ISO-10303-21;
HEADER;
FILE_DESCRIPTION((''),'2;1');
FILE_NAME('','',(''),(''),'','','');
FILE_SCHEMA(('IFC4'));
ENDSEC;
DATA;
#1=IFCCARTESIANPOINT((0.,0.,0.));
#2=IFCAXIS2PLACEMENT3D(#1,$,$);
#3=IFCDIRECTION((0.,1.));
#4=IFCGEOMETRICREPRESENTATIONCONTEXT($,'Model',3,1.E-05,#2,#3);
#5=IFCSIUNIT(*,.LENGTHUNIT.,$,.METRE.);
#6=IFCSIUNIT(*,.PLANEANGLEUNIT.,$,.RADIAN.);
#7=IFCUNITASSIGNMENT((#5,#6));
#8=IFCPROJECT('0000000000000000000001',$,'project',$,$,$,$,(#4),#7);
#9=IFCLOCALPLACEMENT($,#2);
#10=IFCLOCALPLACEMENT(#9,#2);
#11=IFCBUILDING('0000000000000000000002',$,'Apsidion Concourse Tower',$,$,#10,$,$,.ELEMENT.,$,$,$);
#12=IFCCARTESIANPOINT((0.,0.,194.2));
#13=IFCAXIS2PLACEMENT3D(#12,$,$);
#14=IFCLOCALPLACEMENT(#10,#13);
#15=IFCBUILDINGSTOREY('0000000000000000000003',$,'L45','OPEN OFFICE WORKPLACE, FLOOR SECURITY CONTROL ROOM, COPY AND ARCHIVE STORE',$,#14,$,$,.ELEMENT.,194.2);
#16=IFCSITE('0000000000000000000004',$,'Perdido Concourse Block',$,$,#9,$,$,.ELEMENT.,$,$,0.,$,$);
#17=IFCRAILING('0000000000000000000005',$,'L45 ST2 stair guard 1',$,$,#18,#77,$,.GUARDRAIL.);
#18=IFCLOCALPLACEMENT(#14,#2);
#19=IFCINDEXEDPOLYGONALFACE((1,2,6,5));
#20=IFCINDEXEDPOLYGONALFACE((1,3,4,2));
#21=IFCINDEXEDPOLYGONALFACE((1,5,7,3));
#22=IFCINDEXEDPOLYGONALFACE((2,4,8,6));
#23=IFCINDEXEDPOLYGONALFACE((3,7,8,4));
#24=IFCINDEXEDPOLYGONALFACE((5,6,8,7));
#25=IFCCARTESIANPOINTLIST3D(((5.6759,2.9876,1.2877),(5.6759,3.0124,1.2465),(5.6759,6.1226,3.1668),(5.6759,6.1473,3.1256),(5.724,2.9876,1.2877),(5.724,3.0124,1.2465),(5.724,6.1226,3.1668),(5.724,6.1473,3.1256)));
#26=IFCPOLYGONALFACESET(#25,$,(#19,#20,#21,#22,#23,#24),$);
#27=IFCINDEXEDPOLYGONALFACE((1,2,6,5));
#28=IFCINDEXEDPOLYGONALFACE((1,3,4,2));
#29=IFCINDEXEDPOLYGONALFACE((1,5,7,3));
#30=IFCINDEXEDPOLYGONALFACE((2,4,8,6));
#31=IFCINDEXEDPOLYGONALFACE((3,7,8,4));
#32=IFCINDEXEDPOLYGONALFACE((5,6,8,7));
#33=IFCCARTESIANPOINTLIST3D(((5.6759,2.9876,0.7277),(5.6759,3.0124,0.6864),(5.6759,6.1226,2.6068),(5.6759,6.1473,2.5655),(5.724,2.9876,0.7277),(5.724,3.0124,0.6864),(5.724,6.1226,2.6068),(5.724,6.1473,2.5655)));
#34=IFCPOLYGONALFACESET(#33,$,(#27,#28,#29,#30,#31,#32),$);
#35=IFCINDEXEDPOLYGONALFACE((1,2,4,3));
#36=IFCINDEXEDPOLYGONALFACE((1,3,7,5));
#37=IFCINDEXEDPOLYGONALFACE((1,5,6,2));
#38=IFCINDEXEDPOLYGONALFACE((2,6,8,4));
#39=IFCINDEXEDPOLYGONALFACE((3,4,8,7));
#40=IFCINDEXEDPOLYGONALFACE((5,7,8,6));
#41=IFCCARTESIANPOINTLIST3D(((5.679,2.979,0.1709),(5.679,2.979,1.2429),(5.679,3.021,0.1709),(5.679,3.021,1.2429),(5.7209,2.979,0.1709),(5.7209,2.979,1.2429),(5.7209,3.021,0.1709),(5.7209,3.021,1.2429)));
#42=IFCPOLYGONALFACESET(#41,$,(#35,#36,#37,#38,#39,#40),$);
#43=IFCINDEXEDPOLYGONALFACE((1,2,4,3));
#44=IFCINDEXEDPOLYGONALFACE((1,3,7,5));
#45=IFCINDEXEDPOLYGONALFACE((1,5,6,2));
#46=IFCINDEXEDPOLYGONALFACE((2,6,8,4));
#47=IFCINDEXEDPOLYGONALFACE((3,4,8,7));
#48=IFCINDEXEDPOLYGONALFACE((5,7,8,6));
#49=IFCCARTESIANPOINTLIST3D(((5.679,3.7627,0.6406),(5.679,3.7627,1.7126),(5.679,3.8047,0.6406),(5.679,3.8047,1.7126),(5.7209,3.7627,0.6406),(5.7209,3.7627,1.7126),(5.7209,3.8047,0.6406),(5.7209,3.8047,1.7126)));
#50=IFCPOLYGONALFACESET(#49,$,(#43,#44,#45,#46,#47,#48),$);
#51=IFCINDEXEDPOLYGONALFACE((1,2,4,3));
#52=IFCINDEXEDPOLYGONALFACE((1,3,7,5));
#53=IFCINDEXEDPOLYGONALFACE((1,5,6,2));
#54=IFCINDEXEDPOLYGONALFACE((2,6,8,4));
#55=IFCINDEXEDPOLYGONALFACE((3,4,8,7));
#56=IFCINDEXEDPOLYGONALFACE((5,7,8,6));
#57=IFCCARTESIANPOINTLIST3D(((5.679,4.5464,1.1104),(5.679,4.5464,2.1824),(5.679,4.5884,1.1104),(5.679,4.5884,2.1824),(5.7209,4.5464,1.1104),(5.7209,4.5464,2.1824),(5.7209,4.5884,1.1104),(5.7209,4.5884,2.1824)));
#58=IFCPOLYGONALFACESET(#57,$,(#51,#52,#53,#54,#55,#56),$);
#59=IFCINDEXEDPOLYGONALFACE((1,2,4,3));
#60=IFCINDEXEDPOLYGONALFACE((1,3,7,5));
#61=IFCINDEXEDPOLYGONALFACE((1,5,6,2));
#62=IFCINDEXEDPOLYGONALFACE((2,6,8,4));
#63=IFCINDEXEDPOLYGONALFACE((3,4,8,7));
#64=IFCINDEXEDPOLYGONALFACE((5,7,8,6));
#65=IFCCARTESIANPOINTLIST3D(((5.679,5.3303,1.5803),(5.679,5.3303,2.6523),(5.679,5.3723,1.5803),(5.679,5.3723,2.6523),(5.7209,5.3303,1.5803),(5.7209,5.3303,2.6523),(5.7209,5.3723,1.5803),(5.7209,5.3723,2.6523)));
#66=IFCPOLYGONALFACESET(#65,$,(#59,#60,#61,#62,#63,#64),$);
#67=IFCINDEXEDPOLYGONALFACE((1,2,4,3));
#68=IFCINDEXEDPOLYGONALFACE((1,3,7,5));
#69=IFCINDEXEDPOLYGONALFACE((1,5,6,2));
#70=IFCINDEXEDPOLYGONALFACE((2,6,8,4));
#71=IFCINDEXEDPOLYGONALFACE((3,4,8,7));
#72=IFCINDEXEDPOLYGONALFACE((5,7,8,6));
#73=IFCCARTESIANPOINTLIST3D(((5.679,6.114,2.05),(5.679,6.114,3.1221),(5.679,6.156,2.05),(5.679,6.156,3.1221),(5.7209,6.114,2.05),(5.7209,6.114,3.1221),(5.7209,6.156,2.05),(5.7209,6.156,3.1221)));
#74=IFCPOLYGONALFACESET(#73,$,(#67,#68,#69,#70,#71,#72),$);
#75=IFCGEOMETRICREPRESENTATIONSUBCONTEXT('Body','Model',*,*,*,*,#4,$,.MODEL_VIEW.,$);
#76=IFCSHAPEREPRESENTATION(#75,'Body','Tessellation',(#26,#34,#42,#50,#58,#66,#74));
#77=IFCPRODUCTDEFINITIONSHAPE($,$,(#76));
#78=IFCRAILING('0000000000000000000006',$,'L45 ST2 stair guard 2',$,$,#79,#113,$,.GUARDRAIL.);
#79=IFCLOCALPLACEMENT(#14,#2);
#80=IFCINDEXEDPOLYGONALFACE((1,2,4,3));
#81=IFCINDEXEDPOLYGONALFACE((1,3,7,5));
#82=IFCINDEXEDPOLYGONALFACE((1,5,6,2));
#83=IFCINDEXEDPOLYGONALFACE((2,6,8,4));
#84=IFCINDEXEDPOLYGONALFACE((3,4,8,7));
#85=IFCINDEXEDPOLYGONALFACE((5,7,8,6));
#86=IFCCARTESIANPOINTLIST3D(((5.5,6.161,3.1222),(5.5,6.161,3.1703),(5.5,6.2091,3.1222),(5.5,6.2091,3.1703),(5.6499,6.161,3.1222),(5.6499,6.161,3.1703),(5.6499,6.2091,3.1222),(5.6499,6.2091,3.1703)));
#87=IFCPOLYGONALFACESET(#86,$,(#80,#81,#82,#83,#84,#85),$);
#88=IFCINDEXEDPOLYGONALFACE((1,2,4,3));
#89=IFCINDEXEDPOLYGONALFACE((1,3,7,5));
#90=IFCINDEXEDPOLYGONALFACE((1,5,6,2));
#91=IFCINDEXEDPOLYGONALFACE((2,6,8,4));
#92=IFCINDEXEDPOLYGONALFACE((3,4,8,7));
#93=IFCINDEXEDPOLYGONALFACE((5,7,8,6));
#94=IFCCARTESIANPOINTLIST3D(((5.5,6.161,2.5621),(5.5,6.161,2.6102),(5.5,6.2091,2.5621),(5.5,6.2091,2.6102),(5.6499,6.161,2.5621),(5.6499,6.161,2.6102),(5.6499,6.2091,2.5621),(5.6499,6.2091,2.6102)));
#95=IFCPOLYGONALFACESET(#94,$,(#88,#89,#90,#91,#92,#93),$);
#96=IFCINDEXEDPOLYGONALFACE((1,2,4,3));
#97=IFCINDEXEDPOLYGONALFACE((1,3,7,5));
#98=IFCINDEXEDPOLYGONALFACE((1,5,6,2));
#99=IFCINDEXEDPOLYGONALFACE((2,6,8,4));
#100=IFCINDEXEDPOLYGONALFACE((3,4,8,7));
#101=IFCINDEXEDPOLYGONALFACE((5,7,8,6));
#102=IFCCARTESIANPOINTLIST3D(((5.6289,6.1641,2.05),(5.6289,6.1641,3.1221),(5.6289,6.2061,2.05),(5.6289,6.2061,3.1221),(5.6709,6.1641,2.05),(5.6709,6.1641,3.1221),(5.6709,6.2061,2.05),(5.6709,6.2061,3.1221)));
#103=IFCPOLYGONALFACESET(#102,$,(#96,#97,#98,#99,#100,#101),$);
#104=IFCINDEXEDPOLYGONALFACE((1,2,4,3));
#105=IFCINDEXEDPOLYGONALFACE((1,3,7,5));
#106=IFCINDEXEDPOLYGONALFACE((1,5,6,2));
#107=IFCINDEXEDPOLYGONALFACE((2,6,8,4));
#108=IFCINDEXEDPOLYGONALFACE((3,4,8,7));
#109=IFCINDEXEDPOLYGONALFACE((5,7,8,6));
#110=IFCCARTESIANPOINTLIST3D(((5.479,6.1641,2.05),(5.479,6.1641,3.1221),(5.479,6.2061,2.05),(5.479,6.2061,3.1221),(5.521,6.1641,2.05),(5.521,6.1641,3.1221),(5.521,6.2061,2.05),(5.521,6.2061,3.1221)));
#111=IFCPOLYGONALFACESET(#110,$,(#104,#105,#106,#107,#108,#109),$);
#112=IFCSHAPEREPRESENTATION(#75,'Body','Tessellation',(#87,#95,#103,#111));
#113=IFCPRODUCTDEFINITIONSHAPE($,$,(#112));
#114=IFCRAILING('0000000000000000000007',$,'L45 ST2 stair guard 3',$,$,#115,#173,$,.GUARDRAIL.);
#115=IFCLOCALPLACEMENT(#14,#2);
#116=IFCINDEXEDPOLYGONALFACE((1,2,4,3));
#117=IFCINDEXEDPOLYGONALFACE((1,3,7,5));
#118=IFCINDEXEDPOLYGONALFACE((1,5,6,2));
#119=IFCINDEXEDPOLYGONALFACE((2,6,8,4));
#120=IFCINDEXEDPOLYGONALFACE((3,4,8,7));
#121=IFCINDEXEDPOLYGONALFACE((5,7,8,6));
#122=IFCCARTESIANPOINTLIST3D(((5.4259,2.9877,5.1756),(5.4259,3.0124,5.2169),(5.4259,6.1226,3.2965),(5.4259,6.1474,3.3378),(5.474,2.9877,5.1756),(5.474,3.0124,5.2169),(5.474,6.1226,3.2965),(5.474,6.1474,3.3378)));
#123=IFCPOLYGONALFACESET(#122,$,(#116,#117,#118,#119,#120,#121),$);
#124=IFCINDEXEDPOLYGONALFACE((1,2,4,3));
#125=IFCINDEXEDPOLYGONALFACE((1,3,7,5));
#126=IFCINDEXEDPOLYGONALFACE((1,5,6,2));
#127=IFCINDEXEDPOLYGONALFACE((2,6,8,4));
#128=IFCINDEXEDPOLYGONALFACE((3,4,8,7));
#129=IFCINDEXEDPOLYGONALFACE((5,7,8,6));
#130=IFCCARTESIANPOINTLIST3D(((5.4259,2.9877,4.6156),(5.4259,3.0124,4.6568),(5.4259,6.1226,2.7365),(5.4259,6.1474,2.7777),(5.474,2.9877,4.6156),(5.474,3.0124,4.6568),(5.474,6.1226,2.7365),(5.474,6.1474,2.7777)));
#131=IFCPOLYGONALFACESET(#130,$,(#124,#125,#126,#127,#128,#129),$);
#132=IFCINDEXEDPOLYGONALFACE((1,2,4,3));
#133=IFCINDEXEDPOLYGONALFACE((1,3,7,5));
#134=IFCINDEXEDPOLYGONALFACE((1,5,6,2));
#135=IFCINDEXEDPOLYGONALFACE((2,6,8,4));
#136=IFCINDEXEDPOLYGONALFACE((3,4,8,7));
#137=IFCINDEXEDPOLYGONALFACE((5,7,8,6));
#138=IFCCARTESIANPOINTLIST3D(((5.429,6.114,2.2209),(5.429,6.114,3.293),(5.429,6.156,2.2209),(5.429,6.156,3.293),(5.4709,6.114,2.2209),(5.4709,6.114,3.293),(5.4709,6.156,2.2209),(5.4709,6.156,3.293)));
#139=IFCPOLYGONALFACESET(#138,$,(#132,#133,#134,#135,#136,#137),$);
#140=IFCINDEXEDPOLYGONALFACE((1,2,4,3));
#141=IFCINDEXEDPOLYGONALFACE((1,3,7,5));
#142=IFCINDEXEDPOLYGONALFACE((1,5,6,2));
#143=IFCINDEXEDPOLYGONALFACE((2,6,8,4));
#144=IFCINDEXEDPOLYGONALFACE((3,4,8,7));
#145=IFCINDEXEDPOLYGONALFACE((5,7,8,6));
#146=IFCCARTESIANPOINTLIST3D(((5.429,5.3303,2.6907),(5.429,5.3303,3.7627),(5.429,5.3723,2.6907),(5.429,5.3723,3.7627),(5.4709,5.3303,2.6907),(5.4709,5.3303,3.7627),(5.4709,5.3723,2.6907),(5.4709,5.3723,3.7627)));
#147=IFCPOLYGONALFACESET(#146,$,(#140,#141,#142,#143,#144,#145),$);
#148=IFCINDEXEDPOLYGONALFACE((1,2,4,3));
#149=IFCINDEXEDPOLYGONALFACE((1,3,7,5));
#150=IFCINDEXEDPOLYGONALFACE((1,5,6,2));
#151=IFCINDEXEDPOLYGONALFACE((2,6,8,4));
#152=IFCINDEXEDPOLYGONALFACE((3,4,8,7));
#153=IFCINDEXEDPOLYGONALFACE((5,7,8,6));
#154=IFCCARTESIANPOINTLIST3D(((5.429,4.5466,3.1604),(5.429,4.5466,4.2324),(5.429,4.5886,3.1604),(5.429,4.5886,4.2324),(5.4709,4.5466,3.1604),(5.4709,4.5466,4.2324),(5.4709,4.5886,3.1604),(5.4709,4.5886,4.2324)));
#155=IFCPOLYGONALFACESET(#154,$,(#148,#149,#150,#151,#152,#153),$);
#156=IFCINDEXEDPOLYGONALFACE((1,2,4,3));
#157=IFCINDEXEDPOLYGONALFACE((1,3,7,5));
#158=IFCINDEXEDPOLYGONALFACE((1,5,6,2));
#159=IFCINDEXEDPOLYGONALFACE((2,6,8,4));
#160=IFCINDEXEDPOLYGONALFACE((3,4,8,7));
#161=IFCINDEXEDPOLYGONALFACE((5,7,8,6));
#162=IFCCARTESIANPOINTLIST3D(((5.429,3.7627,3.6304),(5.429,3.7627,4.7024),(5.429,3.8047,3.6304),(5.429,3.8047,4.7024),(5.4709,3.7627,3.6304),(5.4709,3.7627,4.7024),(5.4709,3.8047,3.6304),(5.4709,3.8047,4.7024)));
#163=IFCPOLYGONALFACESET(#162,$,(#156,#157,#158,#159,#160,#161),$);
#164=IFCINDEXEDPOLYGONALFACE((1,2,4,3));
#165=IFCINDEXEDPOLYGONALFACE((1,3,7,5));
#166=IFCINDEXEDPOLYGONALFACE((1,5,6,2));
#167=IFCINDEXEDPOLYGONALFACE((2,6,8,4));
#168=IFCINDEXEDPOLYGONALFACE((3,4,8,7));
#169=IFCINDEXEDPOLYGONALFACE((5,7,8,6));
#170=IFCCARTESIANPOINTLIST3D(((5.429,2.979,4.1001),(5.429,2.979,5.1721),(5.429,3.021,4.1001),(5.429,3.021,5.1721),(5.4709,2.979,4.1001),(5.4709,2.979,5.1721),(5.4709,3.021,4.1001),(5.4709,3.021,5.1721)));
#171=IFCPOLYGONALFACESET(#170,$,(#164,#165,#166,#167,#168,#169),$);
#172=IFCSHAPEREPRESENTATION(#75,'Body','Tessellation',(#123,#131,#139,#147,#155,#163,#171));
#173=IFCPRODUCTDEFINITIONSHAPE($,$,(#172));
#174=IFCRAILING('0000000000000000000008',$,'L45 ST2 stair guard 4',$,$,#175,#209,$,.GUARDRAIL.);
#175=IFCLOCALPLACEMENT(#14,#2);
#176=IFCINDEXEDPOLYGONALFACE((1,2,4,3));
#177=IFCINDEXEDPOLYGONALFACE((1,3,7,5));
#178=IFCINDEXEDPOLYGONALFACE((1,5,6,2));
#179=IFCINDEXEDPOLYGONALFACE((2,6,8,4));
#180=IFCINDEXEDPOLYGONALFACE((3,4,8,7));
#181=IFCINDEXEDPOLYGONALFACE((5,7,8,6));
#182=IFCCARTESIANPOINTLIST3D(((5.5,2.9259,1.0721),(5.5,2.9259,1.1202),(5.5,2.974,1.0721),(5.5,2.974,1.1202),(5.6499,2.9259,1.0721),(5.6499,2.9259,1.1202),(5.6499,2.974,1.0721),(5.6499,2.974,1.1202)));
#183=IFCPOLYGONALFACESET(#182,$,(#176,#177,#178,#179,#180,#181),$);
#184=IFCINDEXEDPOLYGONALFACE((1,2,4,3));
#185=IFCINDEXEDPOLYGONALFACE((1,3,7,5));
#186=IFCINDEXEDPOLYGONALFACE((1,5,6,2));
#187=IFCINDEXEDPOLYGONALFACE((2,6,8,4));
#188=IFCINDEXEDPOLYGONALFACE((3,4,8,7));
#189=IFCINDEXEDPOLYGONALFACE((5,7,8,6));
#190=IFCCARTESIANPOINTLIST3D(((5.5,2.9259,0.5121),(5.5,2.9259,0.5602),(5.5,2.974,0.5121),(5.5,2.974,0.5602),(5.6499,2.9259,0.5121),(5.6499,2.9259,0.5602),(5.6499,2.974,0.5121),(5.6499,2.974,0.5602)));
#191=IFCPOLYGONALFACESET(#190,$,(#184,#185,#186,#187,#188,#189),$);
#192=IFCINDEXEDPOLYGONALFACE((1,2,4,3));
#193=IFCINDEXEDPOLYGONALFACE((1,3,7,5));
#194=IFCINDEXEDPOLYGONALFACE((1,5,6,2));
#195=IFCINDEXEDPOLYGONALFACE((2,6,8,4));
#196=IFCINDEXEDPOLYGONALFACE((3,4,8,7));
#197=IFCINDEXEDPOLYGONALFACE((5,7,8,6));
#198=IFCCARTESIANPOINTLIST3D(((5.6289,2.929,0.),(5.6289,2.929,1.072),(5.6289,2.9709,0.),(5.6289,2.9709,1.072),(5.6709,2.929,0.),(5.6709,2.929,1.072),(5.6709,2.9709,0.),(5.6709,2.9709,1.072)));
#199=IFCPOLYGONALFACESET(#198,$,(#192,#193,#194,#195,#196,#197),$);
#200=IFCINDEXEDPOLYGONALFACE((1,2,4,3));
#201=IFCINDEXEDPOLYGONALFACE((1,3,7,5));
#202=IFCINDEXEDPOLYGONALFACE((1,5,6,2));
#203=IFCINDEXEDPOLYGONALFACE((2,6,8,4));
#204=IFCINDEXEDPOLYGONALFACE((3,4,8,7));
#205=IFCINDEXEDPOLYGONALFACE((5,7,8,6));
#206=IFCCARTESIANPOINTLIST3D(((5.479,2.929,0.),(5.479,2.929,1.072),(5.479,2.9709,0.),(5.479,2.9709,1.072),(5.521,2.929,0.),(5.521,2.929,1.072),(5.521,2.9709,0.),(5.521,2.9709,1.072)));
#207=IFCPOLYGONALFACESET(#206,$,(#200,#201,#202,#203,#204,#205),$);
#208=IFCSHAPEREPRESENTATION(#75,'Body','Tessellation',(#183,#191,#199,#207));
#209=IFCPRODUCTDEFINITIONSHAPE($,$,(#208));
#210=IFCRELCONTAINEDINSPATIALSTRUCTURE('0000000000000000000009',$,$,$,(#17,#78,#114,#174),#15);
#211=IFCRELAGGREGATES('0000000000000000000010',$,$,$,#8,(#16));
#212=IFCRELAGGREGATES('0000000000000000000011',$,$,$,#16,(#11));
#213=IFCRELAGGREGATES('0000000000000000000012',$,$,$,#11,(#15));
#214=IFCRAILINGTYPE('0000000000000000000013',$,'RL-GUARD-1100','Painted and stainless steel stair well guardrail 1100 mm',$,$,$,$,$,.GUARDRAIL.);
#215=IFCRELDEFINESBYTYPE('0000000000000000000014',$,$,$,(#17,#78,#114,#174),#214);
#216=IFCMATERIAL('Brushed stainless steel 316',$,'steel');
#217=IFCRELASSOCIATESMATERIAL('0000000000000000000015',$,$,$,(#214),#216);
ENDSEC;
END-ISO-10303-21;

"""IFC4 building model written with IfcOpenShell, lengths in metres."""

from ifc_helpers import new_model, si_unit, direction, frame, origin, origin_2d, place, context, subcontext, project, spatial, rectangle, extrude, material, type_object, element, save


model = new_model("IFC4")

# Units and contexts
model_context = context("Model", 3, precision=1e-05, world=origin(), true_north=direction((0.0, 1.0)))
body_context = subcontext(model_context, "Body", "Model", "MODEL_VIEW")
ifc_project = project(units=[si_unit("LENGTHUNIT", "METRE"), si_unit("PLANEANGLEUNIT", "RADIAN")], contexts=[model_context])

# Site, building, storey
site_placement = place(None, origin())
site = spatial("IfcSite", under=ifc_project, at=site_placement, Name="Perdido Concourse Block", CompositionType="ELEMENT", RefElevation=0.0)
building_placement = place(site_placement, origin())
building = spatial("IfcBuilding", under=site, at=building_placement, Name="Apsidion Concourse Tower", CompositionType="ELEMENT")
storey_placement = place(building_placement, frame((0.0, 0.0, 194.2)))
storey = spatial("IfcBuildingStorey", under=building, at=storey_placement, Name="L45", Description="OPEN OFFICE WORKPLACE, FLOOR SECURITY CONTROL ROOM, COPY AND ARCHIVE STORE", CompositionType="ELEMENT", Elevation=194.2)

# Railings
ifc_material_1 = material(Name="Brushed stainless steel 316", Category="steel")
railing_type_1 = type_object("IfcRailingType", Name="RL-GUARD-1100", Description="Painted and stainless steel stair well guardrail 1100 mm", PredefinedType="GUARDRAIL", material=ifc_material_1)
railing_1_placement = place(storey_placement, frame((5.7, 3.0, 0.1709)))
element("IfcRailing", 1, at=railing_1_placement, inside=storey, type_object=railing_type_1, Name="L45 ST2 stair guard 1", PredefinedType="GUARDRAIL", context=body_context, shape_type="SweptSolid", body=[
    extrude(rectangle(XDim=0.0481, YDim=0.0481, at=origin_2d()), frame((0.0, 0.0, 1.0962), z_axis=(0.0, 0.857717, 0.514122), x_axis=(-1.0, 0.0, 0.0)), (0.0, 0.0, 1.0), 3.655),
    extrude(rectangle(XDim=0.0481, YDim=0.0481, at=origin_2d()), frame((0.0, 0.0, 0.5361), z_axis=(0.0, 0.857717, 0.514122), x_axis=(-1.0, 0.0, 0.0)), (0.0, 0.0, 1.0), 3.655),
    extrude(rectangle(XDim=0.042, YDim=0.042, at=origin_2d()), origin(), (0.0, 0.0, 1.0), 1.072),
    extrude(rectangle(XDim=0.042, YDim=0.042, at=origin_2d()), frame((0.0, 0.7837, 0.4697)), (0.0, 0.0, 1.0), 1.072),
    extrude(rectangle(XDim=0.042, YDim=0.042, at=origin_2d()), frame((0.0, 1.5674, 0.9395)), (0.0, 0.0, 1.0), 1.072),
    extrude(rectangle(XDim=0.042, YDim=0.042, at=origin_2d()), frame((0.0, 2.3513, 1.4094)), (0.0, 0.0, 1.0), 1.072),
    extrude(rectangle(XDim=0.042, YDim=0.042, at=origin_2d()), frame((0.0, 3.135, 1.8792)), (0.0, 0.0, 1.0), 1.072),
])
railing_2_placement = place(storey_placement, frame((5.6499, 6.1851, 2.05)))
element("IfcRailing", 2, at=railing_2_placement, inside=storey, type_object=railing_type_1, Name="L45 ST2 stair guard 2", PredefinedType="GUARDRAIL", context=body_context, shape_type="SweptSolid", body=[
    extrude(rectangle(XDim=0.0481, YDim=0.0481, at=origin_2d()), frame((0.0, 0.0, 1.0962), z_axis=(-1.0, 0.0, 0.0), x_axis=(0.0, -1.0, 0.0)), (0.0, 0.0, 1.0), 0.1499),
    extrude(rectangle(XDim=0.0481, YDim=0.0481, at=origin_2d()), frame((0.0, 0.0, 0.5361), z_axis=(-1.0, 0.0, 0.0), x_axis=(0.0, -1.0, 0.0)), (0.0, 0.0, 1.0), 0.1499),
    extrude(rectangle(XDim=0.042, YDim=0.042, at=origin_2d()), origin(), (0.0, 0.0, 1.0), 1.072),
    extrude(rectangle(XDim=0.042, YDim=0.042, at=origin_2d()), frame((-0.1499, 0.0, 0.0)), (0.0, 0.0, 1.0), 1.072),
])
railing_3_placement = place(storey_placement, frame((5.45, 6.135, 2.2209)))
element("IfcRailing", 3, at=railing_3_placement, inside=storey, type_object=railing_type_1, Name="L45 ST2 stair guard 3", PredefinedType="GUARDRAIL", context=body_context, shape_type="SweptSolid", body=[
    extrude(rectangle(XDim=0.0481, YDim=0.0481, at=origin_2d()), frame((0.0, 0.0, 1.0962), z_axis=(0.0, -0.857717, 0.514122), x_axis=(1.0, 0.0, 0.0)), (0.0, 0.0, 1.0), 3.655),
    extrude(rectangle(XDim=0.0481, YDim=0.0481, at=origin_2d()), frame((0.0, 0.0, 0.5361), z_axis=(0.0, -0.857717, 0.514122), x_axis=(1.0, 0.0, 0.0)), (0.0, 0.0, 1.0), 3.655),
    extrude(rectangle(XDim=0.042, YDim=0.042, at=origin_2d()), origin(), (0.0, 0.0, 1.0), 1.072),
    extrude(rectangle(XDim=0.042, YDim=0.042, at=origin_2d()), frame((0.0, -0.7837, 0.4697)), (0.0, 0.0, 1.0), 1.072),
    extrude(rectangle(XDim=0.042, YDim=0.042, at=origin_2d()), frame((0.0, -1.5674, 0.9395)), (0.0, 0.0, 1.0), 1.072),
    extrude(rectangle(XDim=0.042, YDim=0.042, at=origin_2d()), frame((0.0, -2.3513, 1.4094)), (0.0, 0.0, 1.0), 1.072),
    extrude(rectangle(XDim=0.042, YDim=0.042, at=origin_2d()), frame((0.0, -3.135, 1.8792)), (0.0, 0.0, 1.0), 1.072),
])
railing_4_placement = place(storey_placement, frame((5.6499, 2.95, 0.0)))
element("IfcRailing", 4, at=railing_4_placement, inside=storey, type_object=railing_type_1, Name="L45 ST2 stair guard 4", PredefinedType="GUARDRAIL", context=body_context, shape_type="SweptSolid", body=[
    extrude(rectangle(XDim=0.0481, YDim=0.0481, at=origin_2d()), frame((0.0, 0.0, 1.0962), z_axis=(-1.0, 0.0, 0.0), x_axis=(0.0, -1.0, 0.0)), (0.0, 0.0, 1.0), 0.1499),
    extrude(rectangle(XDim=0.0481, YDim=0.0481, at=origin_2d()), frame((0.0, 0.0, 0.5361), z_axis=(-1.0, 0.0, 0.0), x_axis=(0.0, -1.0, 0.0)), (0.0, 0.0, 1.0), 0.1499),
    extrude(rectangle(XDim=0.042, YDim=0.042, at=origin_2d()), origin(), (0.0, 0.0, 1.0), 1.072),
    extrude(rectangle(XDim=0.042, YDim=0.042, at=origin_2d()), frame((-0.1499, 0.0, 0.0)), (0.0, 0.0, 1.0), 1.072),
])

save(model, "model.ifc")
